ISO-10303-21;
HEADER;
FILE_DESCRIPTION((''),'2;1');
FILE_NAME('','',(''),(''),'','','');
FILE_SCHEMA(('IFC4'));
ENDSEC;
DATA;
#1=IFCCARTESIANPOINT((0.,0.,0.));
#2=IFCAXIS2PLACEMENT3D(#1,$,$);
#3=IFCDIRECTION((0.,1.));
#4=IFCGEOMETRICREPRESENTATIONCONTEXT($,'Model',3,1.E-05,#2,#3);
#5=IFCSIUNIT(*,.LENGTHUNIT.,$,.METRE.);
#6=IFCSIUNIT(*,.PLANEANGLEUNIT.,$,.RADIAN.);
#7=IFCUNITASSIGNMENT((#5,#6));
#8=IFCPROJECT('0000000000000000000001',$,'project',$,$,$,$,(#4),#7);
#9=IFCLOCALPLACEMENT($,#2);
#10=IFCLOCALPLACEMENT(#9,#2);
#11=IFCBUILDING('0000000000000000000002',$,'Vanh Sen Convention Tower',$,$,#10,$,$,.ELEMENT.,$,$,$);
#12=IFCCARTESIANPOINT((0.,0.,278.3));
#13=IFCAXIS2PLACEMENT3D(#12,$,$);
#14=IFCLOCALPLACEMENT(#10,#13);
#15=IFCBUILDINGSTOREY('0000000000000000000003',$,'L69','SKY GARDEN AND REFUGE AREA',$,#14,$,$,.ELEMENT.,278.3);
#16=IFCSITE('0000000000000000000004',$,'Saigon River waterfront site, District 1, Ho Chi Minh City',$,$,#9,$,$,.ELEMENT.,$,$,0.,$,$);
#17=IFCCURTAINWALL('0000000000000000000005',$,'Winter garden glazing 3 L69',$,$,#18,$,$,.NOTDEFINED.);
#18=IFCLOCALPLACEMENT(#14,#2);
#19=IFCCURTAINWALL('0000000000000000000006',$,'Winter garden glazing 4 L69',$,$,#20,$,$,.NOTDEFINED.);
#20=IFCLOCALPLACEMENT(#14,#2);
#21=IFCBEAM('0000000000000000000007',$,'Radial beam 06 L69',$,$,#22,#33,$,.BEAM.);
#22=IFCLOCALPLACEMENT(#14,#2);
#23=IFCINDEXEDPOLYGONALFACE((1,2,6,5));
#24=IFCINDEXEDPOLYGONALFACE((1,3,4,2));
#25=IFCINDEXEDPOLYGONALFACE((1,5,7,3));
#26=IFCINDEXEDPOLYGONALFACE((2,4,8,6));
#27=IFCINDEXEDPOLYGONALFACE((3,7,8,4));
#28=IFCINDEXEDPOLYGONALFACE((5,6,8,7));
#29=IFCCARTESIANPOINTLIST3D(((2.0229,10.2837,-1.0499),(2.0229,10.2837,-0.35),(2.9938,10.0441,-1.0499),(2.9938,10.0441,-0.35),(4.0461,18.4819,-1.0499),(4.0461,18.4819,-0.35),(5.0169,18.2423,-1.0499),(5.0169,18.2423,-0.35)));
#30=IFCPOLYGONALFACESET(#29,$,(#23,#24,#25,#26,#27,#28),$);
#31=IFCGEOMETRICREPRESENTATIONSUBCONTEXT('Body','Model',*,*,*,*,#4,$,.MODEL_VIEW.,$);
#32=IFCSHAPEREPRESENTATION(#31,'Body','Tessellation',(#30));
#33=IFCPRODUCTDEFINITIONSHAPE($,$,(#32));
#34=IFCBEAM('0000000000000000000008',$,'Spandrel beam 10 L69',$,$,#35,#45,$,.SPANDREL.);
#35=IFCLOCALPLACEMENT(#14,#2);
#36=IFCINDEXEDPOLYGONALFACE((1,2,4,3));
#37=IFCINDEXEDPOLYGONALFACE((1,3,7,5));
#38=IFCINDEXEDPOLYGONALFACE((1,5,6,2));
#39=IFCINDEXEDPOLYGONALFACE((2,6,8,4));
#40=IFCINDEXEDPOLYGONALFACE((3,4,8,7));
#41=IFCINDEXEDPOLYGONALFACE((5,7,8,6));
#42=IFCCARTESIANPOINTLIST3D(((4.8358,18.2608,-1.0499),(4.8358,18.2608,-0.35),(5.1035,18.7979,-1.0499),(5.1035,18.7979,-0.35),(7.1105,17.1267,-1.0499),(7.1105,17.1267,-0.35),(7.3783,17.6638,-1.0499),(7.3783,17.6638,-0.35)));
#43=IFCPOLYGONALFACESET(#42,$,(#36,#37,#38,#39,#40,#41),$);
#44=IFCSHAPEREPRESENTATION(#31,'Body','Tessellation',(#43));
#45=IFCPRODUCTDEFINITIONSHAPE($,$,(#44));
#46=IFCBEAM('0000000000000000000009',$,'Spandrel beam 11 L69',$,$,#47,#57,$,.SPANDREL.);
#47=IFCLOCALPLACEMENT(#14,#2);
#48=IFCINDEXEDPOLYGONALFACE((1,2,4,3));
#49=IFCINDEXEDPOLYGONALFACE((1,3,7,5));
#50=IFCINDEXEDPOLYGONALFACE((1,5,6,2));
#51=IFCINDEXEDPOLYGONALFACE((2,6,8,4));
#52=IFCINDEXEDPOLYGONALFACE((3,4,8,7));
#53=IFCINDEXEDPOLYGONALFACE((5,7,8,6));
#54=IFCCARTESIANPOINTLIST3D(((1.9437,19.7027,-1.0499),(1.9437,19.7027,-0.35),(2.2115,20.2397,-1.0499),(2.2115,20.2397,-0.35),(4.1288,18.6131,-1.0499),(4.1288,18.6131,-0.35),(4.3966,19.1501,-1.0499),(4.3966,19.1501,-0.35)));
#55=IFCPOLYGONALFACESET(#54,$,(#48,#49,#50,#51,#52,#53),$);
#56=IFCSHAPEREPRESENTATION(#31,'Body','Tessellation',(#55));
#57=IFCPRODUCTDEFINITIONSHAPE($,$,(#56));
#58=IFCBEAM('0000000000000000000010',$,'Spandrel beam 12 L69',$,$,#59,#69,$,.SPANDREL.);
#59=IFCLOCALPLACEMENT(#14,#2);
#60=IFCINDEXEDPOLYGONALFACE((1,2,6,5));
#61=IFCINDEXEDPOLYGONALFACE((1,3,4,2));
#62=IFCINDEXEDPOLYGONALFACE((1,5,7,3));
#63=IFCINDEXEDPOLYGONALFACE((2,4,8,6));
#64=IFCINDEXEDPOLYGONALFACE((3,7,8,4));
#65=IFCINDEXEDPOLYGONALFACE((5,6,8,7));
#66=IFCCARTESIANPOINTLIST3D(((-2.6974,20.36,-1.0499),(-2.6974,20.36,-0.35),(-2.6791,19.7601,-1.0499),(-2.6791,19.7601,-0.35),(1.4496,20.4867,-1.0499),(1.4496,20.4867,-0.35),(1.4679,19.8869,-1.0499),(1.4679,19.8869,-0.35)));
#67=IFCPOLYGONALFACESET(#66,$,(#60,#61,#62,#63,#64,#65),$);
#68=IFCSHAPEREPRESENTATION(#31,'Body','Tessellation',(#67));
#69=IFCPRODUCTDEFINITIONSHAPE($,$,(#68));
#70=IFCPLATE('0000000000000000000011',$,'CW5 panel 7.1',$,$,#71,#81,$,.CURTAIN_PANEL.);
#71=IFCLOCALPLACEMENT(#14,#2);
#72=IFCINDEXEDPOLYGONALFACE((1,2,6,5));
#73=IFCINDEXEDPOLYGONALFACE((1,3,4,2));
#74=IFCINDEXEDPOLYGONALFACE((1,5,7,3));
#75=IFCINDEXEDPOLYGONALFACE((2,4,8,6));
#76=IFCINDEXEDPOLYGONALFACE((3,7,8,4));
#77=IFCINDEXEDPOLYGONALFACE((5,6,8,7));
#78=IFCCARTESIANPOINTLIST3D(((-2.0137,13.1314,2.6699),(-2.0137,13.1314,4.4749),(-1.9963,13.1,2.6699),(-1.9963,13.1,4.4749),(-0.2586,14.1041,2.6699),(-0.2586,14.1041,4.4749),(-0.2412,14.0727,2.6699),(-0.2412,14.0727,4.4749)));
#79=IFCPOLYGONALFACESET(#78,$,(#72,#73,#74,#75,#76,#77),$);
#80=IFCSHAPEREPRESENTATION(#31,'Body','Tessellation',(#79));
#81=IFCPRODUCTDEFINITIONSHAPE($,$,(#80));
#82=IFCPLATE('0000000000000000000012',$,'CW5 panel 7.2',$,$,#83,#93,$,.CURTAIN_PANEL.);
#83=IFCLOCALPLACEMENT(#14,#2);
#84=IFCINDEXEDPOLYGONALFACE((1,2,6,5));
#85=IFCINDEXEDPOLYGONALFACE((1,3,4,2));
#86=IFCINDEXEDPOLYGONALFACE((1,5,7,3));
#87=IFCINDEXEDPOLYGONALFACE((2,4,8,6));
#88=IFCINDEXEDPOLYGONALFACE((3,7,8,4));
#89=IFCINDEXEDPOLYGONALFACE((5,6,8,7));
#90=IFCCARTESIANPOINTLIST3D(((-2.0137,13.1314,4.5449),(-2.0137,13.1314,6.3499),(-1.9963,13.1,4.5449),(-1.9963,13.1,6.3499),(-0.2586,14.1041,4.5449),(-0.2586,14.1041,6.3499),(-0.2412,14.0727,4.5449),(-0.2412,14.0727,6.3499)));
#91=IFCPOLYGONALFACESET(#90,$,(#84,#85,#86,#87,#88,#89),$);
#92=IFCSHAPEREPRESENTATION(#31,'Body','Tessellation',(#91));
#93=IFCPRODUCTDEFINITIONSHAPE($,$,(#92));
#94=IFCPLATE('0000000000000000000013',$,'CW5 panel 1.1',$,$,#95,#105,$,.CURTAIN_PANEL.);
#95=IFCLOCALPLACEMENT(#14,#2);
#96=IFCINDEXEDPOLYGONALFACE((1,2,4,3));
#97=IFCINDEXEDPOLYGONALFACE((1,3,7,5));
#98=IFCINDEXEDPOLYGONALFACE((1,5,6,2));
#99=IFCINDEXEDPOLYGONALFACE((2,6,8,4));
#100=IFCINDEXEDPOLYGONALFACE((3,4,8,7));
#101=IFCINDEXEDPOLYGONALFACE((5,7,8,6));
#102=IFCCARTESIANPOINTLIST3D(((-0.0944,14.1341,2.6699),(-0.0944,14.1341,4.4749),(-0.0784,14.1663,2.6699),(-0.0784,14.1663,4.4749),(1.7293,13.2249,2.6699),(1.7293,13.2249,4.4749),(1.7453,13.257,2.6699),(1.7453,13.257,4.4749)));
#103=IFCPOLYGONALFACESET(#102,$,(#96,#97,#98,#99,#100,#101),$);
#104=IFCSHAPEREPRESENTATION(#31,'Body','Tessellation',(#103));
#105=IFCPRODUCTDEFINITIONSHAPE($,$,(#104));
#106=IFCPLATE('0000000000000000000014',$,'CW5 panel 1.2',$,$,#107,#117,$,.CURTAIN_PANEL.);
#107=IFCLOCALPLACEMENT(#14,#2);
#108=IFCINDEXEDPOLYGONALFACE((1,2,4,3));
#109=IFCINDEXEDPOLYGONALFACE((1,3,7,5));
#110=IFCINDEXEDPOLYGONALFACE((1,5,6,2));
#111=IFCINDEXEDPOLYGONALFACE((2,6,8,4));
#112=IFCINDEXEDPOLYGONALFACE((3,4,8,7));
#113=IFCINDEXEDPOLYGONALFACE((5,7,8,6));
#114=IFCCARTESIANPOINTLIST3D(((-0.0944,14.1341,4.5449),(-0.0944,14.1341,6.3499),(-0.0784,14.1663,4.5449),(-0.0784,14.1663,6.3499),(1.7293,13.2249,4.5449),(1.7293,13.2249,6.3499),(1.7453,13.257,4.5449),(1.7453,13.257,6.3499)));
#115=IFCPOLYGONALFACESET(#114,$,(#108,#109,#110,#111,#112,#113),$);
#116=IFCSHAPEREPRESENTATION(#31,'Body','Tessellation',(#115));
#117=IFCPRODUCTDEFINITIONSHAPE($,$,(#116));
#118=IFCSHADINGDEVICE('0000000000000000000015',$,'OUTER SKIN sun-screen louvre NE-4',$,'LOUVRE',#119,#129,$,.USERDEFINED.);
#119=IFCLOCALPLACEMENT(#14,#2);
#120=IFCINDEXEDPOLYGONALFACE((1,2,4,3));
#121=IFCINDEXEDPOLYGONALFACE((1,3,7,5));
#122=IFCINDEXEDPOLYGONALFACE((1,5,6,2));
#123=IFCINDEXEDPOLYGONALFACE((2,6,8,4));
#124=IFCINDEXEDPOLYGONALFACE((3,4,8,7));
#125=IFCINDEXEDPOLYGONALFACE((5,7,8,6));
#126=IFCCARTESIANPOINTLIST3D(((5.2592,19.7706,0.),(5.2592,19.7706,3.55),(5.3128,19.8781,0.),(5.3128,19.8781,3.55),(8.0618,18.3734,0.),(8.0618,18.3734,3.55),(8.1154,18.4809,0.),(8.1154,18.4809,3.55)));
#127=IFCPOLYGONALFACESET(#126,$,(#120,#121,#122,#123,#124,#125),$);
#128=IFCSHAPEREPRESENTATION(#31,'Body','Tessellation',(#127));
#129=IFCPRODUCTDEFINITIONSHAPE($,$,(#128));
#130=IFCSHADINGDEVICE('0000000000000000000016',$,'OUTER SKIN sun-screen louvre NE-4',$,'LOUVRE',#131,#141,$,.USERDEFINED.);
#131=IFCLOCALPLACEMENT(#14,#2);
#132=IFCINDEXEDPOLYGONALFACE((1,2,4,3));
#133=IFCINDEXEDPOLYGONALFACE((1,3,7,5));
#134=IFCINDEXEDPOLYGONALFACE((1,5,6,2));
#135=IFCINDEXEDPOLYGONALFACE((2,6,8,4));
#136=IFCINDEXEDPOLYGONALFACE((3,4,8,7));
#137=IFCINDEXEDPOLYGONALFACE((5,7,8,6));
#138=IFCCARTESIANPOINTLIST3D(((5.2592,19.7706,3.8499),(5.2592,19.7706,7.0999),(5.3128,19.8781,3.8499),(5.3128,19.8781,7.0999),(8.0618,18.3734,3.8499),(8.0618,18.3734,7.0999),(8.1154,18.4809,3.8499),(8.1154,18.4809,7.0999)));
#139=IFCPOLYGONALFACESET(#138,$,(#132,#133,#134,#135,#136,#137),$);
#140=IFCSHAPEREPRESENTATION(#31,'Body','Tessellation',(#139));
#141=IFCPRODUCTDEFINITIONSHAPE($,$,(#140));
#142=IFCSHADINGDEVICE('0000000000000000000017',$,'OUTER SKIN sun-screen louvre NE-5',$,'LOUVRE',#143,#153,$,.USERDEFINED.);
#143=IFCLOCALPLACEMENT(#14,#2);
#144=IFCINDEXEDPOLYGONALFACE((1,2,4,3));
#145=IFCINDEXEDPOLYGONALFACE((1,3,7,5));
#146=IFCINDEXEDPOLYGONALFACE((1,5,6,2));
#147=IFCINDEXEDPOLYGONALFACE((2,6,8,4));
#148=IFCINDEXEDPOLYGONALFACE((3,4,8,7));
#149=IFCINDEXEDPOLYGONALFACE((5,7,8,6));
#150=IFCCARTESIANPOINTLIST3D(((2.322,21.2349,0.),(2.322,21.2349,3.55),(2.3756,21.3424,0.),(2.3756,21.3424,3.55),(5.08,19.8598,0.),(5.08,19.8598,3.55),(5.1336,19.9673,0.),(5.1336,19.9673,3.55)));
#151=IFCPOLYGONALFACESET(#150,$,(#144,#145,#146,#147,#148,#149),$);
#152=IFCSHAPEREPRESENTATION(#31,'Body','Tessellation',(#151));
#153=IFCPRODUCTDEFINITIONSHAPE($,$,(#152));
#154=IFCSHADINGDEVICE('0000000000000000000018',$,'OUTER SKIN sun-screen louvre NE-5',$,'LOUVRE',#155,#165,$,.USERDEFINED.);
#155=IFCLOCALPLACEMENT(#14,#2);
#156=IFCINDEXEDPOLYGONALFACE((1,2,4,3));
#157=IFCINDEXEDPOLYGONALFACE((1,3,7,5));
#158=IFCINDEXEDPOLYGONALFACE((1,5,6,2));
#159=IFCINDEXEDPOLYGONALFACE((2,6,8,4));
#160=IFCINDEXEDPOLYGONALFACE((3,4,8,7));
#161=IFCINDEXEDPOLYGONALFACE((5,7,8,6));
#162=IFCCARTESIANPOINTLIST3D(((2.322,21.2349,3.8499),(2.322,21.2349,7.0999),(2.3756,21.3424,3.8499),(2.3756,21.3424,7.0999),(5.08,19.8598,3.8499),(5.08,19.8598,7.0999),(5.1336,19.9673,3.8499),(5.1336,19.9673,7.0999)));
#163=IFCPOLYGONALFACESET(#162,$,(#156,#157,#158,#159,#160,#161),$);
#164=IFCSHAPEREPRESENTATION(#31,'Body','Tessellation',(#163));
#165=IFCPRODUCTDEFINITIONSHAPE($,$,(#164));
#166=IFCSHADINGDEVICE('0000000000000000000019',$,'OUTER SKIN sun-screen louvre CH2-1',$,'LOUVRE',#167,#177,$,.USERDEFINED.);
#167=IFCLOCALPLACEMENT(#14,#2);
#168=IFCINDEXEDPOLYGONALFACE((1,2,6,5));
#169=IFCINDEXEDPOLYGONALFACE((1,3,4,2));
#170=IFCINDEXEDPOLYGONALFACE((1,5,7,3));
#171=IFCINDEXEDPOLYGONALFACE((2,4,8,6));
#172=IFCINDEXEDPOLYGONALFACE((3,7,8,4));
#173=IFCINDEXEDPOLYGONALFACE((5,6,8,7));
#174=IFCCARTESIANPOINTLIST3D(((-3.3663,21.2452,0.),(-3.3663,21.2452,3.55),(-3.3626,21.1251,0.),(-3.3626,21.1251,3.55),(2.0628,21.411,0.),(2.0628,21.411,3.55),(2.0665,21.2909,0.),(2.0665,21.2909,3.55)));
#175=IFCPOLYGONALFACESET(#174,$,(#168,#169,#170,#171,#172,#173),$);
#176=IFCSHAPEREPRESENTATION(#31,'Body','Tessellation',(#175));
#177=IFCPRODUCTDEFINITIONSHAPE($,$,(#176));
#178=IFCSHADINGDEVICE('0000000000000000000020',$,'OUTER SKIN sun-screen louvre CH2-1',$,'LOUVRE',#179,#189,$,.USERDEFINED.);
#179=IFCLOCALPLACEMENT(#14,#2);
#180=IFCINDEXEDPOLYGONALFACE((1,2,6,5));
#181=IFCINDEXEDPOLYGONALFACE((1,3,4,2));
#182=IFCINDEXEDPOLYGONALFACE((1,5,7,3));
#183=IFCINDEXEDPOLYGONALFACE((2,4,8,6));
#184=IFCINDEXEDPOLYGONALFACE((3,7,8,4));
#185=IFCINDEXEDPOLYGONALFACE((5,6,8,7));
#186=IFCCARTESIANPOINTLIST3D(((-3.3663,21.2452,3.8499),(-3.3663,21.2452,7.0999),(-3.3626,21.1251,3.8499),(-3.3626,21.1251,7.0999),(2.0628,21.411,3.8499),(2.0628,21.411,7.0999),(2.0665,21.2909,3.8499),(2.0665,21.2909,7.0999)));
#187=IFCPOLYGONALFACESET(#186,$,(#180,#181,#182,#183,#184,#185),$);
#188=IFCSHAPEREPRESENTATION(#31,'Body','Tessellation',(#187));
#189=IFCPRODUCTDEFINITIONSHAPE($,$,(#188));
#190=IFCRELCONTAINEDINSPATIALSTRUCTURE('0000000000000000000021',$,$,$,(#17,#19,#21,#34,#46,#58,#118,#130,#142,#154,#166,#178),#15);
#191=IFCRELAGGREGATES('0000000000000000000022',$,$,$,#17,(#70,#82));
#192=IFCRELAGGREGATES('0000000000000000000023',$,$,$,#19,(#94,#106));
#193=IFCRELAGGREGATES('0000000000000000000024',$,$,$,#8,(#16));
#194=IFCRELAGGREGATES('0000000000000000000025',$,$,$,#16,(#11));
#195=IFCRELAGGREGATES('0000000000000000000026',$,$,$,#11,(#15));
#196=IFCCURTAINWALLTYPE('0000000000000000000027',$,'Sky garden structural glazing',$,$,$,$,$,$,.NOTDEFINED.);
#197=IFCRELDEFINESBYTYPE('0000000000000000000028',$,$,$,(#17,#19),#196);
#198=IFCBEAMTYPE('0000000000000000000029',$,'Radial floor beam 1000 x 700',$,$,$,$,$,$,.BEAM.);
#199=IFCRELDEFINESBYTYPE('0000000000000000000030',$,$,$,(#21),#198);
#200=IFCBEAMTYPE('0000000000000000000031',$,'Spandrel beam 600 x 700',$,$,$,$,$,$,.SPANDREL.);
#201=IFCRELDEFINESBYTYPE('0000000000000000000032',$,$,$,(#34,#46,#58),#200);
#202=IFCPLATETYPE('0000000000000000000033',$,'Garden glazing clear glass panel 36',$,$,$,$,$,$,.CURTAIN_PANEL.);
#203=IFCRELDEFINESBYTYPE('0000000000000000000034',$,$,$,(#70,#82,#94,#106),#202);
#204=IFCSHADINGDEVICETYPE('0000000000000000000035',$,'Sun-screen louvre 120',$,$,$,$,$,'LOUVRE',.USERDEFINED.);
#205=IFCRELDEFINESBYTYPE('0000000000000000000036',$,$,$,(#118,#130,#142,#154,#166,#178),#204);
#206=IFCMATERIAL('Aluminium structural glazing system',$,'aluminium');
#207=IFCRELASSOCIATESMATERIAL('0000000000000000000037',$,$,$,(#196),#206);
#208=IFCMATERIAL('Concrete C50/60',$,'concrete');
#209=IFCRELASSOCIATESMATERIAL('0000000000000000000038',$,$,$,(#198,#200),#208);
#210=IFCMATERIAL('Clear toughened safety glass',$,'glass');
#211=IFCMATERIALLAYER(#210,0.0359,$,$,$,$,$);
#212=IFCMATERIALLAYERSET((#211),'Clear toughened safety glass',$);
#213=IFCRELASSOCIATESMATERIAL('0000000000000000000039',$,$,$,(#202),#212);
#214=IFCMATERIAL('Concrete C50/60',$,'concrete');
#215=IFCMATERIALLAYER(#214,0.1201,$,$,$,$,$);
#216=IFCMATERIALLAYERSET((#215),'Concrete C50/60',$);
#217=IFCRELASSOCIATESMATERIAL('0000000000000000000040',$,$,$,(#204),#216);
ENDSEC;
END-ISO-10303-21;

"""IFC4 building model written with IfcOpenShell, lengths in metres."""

from ifc_helpers import new_model, si_unit, direction, frame, origin, origin_2d, place, context, subcontext, project, spatial, rectangle, extrude, material, layer, layer_set, material_profile, profile_set, type_object, element, aggregate, save


model = new_model("IFC4")

# Units and contexts
model_context = context("Model", 3, precision=1e-05, world=origin(), true_north=direction((0.0, 1.0)))
body_context = subcontext(model_context, "Body", "Model", "MODEL_VIEW")
ifc_project = project(units=[si_unit("LENGTHUNIT", "METRE"), si_unit("PLANEANGLEUNIT", "RADIAN")], contexts=[model_context])

# Site, building, storey
site_placement = place(None, origin())
site = spatial("IfcSite", under=ifc_project, at=site_placement, Name="Saigon River waterfront site, District 1, Ho Chi Minh City", CompositionType="ELEMENT", RefElevation=0.0)
building_placement = place(site_placement, origin())
building = spatial("IfcBuilding", under=site, at=building_placement, Name="Vanh Sen Convention Tower", CompositionType="ELEMENT")
storey_placement = place(building_placement, frame((0.0, 0.0, 278.3)))
storey = spatial("IfcBuildingStorey", under=building, at=storey_placement, Name="L69", Description="SKY GARDEN AND REFUGE AREA", CompositionType="ELEMENT", Elevation=278.3)

# Curtain wall
ifc_material_1 = material(Name="Aluminium structural glazing system", Category="aluminium")
curtain_wall_type_1 = type_object("IfcCurtainWallType", Name="Sky garden structural glazing", PredefinedType="NOTDEFINED", material=ifc_material_1)
curtain_wall_1_placement = place(storey_placement, origin())
curtain_wall_1 = element("IfcCurtainWall", 1, at=curtain_wall_1_placement, inside=storey, type_object=curtain_wall_type_1, Name="Winter garden glazing 3 L69", PredefinedType="NOTDEFINED")

# Curtain wall
curtain_wall_2_placement = place(storey_placement, origin())
curtain_wall_2 = element("IfcCurtainWall", 2, at=curtain_wall_2_placement, inside=storey, type_object=curtain_wall_type_1, Name="Winter garden glazing 4 L69", PredefinedType="NOTDEFINED")

# Beams
ifc_material_2 = material(Name="Concrete C50/60", Category="concrete")
ifc_material_profile_1 = material_profile(ifc_material_2, rectangle(XDim=1.0, YDim=0.7, at=origin_2d()), Name="RC 1000X700")
ifc_profile_set_1 = profile_set([ifc_material_profile_1], Name="Concrete C50/60")
beam_type_1 = type_object("IfcBeamType", Name="Radial floor beam 1000 x 700", PredefinedType="BEAM", material=ifc_profile_set_1)
beam_1_placement = place(storey_placement, frame((4.5315, 18.3621, -0.7), z_axis=(-0.239596, -0.970873, 0.0), x_axis=(0.970873, -0.239596, 0.0)))
element("IfcBeam", 3, at=beam_1_placement, inside=storey, type_object=beam_type_1, Name="Radial beam 06 L69", PredefinedType="BEAM", context=body_context, shape_type="SweptSolid", body=[
    extrude(rectangle(XDim=1.0, YDim=0.7, at=origin_2d()), origin(), (0.0, 0.0, 1.0), 8.4441),
])
ifc_material_profile_2 = material_profile(ifc_material_2, rectangle(XDim=0.6001, YDim=0.7, at=origin_2d()), Name="RC 600X700")
ifc_profile_set_2 = profile_set([ifc_material_profile_2], Name="Concrete C50/60")
beam_type_2 = type_object("IfcBeamType", Name="Spandrel beam 600 x 700", PredefinedType="SPANDREL", material=ifc_profile_set_2)
beam_2_placement = place(storey_placement, frame((7.2444, 17.3953, -0.7), z_axis=(-0.894945, 0.446176, 0.0), x_axis=(-0.446176, -0.894945, 0.0)))
element("IfcBeam", 4, at=beam_2_placement, inside=storey, type_object=beam_type_2, Name="Spandrel beam 10 L69", PredefinedType="SPANDREL", context=body_context, shape_type="SweptSolid", body=[
    extrude(rectangle(XDim=0.6001, YDim=0.7, at=origin_2d()), origin(), (0.0, 0.0, 1.0), 2.5417),
])
beam_3_placement = place(storey_placement, frame((4.2627, 18.8816, -0.7), z_axis=(-0.894907, 0.446253, 0.0), x_axis=(-0.446253, -0.894907, 0.0)))
element("IfcBeam", 5, at=beam_3_placement, inside=storey, type_object=beam_type_2, Name="Spandrel beam 11 L69", PredefinedType="SPANDREL", context=body_context, shape_type="SweptSolid", body=[
    extrude(rectangle(XDim=0.6001, YDim=0.7, at=origin_2d()), origin(), (0.0, 0.0, 1.0), 2.4417),
])
beam_4_placement = place(storey_placement, frame((1.4587, 20.1868, -0.7), z_axis=(-0.999534, -0.03054, 0.0), x_axis=(0.03054, -0.999534, 0.0)))
element("IfcBeam", 6, at=beam_4_placement, inside=storey, type_object=beam_type_2, Name="Spandrel beam 12 L69", PredefinedType="SPANDREL", context=body_context, shape_type="SweptSolid", body=[
    extrude(rectangle(XDim=0.6001, YDim=0.7, at=origin_2d()), origin(), (0.0, 0.0, 1.0), 4.1489),
])

# Plates
ifc_material_3 = material(Name="Clear toughened safety glass", Category="glass")
ifc_layer_1 = layer(ifc_material_3, 0.0359)
ifc_layer_set_1 = layer_set([ifc_layer_1], Name="Clear toughened safety glass")
plate_type = type_object("IfcPlateType", Name="Garden glazing clear glass panel 36", PredefinedType="CURTAIN_PANEL", material=ifc_layer_set_1)
plate_1_placement = place(storey_placement, frame((-1.1274, 13.6021, 2.6699), z_axis=(0.0, 0.0, 1.0), x_axis=(0.874659, 0.484739, 0.0)))
plate_1 = element("IfcPlate", 7, at=plate_1_placement, type_object=plate_type, Name="CW5 panel 7.1", PredefinedType="CURTAIN_PANEL", context=body_context, shape_type="SweptSolid", body=[
    extrude(rectangle(XDim=2.0066, YDim=0.0359, at=origin_2d()), origin(), (0.0, 0.0, 1.0), 1.8049),
])
plate_2_placement = place(storey_placement, frame((-1.1274, 13.6021, 4.5449), z_axis=(0.0, 0.0, 1.0), x_axis=(0.874659, 0.484739, 0.0)))
plate_2 = element("IfcPlate", 8, at=plate_2_placement, type_object=plate_type, Name="CW5 panel 7.2", PredefinedType="CURTAIN_PANEL", context=body_context, shape_type="SweptSolid", body=[
    extrude(rectangle(XDim=2.0066, YDim=0.0359, at=origin_2d()), origin(), (0.0, 0.0, 1.0), 1.8049),
])
aggregate(curtain_wall_1, [plate_1, plate_2])
plate_3_placement = place(storey_placement, frame((0.8254, 13.6956, 2.6699), z_axis=(0.0, 0.0, 1.0), x_axis=(0.894934, -0.446199, 0.0)))
plate_3 = element("IfcPlate", 9, at=plate_3_placement, type_object=plate_type, Name="CW5 panel 1.1", PredefinedType="CURTAIN_PANEL", context=body_context, shape_type="SweptSolid", body=[
    extrude(rectangle(XDim=2.0378, YDim=0.0359, at=origin_2d()), origin(), (0.0, 0.0, 1.0), 1.8049),
])
plate_4_placement = place(storey_placement, frame((0.8254, 13.6956, 4.5449), z_axis=(0.0, 0.0, 1.0), x_axis=(0.894934, -0.446199, 0.0)))
plate_4 = element("IfcPlate", 10, at=plate_4_placement, type_object=plate_type, Name="CW5 panel 1.2", PredefinedType="CURTAIN_PANEL", context=body_context, shape_type="SweptSolid", body=[
    extrude(rectangle(XDim=2.0378, YDim=0.0359, at=origin_2d()), origin(), (0.0, 0.0, 1.0), 1.8049),
])
aggregate(curtain_wall_2, [plate_3, plate_4])

# Shading devices
ifc_material_4 = material(Name="Concrete C50/60", Category="concrete")
ifc_layer_2 = layer(ifc_material_4, 0.1201)
ifc_layer_set_2 = layer_set([ifc_layer_2], Name="Concrete C50/60")
shading_device_type = type_object("IfcShadingDeviceType", Name="Sun-screen louvre 120", ElementType="LOUVRE", PredefinedType="USERDEFINED", material=ifc_layer_set_2)
shading_device_1_placement = place(storey_placement, frame((6.6873, 19.1257, 0.0), z_axis=(0.0, 0.0, 1.0), x_axis=(-0.894943, 0.446181, 0.0)))
element("IfcShadingDevice", 11, at=shading_device_1_placement, inside=storey, type_object=shading_device_type, Name="OUTER SKIN sun-screen louvre NE-4", ObjectType="LOUVRE", PredefinedType="USERDEFINED", context=body_context, shape_type="SweptSolid", body=[
    extrude(rectangle(XDim=3.1316, YDim=0.1201, at=origin_2d()), origin(), (0.0, 0.0, 1.0), 3.55),
])
shading_device_2_placement = place(storey_placement, frame((6.6873, 19.1257, 3.8499), z_axis=(0.0, 0.0, 1.0), x_axis=(-0.894943, 0.446181, 0.0)))
element("IfcShadingDevice", 12, at=shading_device_2_placement, inside=storey, type_object=shading_device_type, Name="OUTER SKIN sun-screen louvre NE-4", ObjectType="LOUVRE", PredefinedType="USERDEFINED", context=body_context, shape_type="SweptSolid", body=[
    extrude(rectangle(XDim=3.1316, YDim=0.1201, at=origin_2d()), origin(), (0.0, 0.0, 1.0), 3.25),
])
shading_device_3_placement = place(storey_placement, frame((3.7278, 20.6011, 0.0), z_axis=(0.0, 0.0, 1.0), x_axis=(-0.894931, 0.446204, 0.0)))
element("IfcShadingDevice", 13, at=shading_device_3_placement, inside=storey, type_object=shading_device_type, Name="OUTER SKIN sun-screen louvre NE-5", ObjectType="LOUVRE", PredefinedType="USERDEFINED", context=body_context, shape_type="SweptSolid", body=[
    extrude(rectangle(XDim=3.0818, YDim=0.1201, at=origin_2d()), origin(), (0.0, 0.0, 1.0), 3.55),
])
shading_device_4_placement = place(storey_placement, frame((3.7278, 20.6011, 3.8499), z_axis=(0.0, 0.0, 1.0), x_axis=(-0.894931, 0.446204, 0.0)))
element("IfcShadingDevice", 14, at=shading_device_4_placement, inside=storey, type_object=shading_device_type, Name="OUTER SKIN sun-screen louvre NE-5", ObjectType="LOUVRE", PredefinedType="USERDEFINED", context=body_context, shape_type="SweptSolid", body=[
    extrude(rectangle(XDim=3.0818, YDim=0.1201, at=origin_2d()), origin(), (0.0, 0.0, 1.0), 3.25),
])
shading_device_5_placement = place(storey_placement, frame((-0.6499, 21.2681, 0.0), z_axis=(0.0, 0.0, 1.0), x_axis=(-0.999534, -0.030528, 0.0)))
element("IfcShadingDevice", 15, at=shading_device_5_placement, inside=storey, type_object=shading_device_type, Name="OUTER SKIN sun-screen louvre CH2-1", ObjectType="LOUVRE", PredefinedType="USERDEFINED", context=body_context, shape_type="SweptSolid", body=[
    extrude(rectangle(XDim=5.4316, YDim=0.1201, at=origin_2d()), origin(), (0.0, 0.0, 1.0), 3.55),
])
shading_device_6_placement = place(storey_placement, frame((-0.6499, 21.2681, 3.8499), z_axis=(0.0, 0.0, 1.0), x_axis=(-0.999534, -0.030528, 0.0)))
element("IfcShadingDevice", 16, at=shading_device_6_placement, inside=storey, type_object=shading_device_type, Name="OUTER SKIN sun-screen louvre CH2-1", ObjectType="LOUVRE", PredefinedType="USERDEFINED", context=body_context, shape_type="SweptSolid", body=[
    extrude(rectangle(XDim=5.4316, YDim=0.1201, at=origin_2d()), origin(), (0.0, 0.0, 1.0), 3.25),
])

save(model, "model.ifc")
